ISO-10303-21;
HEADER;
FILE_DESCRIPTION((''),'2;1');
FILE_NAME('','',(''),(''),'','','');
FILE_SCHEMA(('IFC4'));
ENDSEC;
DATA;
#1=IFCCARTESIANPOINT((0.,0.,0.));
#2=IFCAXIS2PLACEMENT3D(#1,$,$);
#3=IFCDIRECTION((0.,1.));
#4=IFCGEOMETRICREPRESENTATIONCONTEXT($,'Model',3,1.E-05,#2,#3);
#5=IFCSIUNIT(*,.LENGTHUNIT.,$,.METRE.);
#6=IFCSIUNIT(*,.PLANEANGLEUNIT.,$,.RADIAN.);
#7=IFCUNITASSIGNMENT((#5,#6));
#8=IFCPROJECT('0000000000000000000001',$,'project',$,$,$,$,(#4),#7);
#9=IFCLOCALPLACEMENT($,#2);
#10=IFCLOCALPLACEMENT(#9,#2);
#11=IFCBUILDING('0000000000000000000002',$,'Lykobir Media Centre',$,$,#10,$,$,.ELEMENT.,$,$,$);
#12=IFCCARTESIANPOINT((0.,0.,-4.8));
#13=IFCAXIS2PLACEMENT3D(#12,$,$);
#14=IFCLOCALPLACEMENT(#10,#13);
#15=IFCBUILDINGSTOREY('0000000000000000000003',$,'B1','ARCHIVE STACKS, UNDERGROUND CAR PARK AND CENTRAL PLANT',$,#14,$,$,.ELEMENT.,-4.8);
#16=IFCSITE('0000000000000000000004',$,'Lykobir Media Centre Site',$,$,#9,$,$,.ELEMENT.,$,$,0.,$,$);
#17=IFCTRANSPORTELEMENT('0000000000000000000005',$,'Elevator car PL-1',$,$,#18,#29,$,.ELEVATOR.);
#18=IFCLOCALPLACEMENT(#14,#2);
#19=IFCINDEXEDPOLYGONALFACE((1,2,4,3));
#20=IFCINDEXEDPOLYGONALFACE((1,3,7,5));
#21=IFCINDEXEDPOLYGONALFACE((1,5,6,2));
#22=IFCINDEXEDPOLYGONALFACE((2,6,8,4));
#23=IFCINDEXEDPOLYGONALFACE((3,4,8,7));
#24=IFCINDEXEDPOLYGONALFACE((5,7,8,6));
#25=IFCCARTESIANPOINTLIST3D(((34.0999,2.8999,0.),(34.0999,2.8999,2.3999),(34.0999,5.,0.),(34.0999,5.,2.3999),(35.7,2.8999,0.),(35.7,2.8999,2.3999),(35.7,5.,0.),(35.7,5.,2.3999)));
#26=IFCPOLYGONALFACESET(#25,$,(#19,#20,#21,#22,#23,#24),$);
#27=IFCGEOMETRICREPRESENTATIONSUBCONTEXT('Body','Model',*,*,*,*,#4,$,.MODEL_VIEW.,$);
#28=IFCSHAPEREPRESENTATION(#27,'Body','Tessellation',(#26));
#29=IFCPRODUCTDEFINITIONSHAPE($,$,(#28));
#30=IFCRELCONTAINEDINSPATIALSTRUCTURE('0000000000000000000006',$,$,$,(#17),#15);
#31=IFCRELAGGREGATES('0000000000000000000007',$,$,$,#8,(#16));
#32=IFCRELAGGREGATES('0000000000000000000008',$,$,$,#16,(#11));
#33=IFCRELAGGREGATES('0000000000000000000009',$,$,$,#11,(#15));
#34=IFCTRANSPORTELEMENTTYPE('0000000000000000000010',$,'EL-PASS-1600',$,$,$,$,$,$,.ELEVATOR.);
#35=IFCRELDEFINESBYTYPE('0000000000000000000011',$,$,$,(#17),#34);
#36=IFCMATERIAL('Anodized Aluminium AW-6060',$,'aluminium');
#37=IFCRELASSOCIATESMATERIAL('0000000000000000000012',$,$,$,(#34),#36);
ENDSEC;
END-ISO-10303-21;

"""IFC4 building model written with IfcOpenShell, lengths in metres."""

from ifc_helpers import new_model, si_unit, direction, frame, origin, origin_2d, place, context, subcontext, project, spatial, rectangle, extrude, material, type_object, element, save


model = new_model("IFC4")

# Units and contexts
model_context = context("Model", 3, precision=1e-05, world=origin(), true_north=direction((0.0, 1.0)))
body_context = subcontext(model_context, "Body", "Model", "MODEL_VIEW")
ifc_project = project(units=[si_unit("LENGTHUNIT", "METRE"), si_unit("PLANEANGLEUNIT", "RADIAN")], contexts=[model_context])

# Site, building, storey
site_placement = place(None, origin())
site = spatial("IfcSite", under=ifc_project, at=site_placement, Name="Lykobir Media Centre Site", CompositionType="ELEMENT", RefElevation=0.0)
building_placement = place(site_placement, origin())
building = spatial("IfcBuilding", under=site, at=building_placement, Name="Lykobir Media Centre", CompositionType="ELEMENT")
storey_placement = place(building_placement, frame((0.0, 0.0, -4.8)))
storey = spatial("IfcBuildingStorey", under=building, at=storey_placement, Name="B1", Description="ARCHIVE STACKS, UNDERGROUND CAR PARK AND CENTRAL PLANT", CompositionType="ELEMENT", Elevation=-4.8)

# Transport element
ifc_material_1 = material(Name="Anodized Aluminium AW-6060", Category="aluminium")
transport_element_type_1 = type_object("IfcTransportElementType", Name="EL-PASS-1600", PredefinedType="ELEVATOR", material=ifc_material_1)
transport_element_1_placement = place(storey_placement, frame((34.8999, 3.95, 0.0), z_axis=(0.0, 0.0, 1.0), x_axis=(1.0, 0.0, 0.0)))
element("IfcTransportElement", 1, at=transport_element_1_placement, inside=storey, type_object=transport_element_type_1, Name="Elevator car PL-1", PredefinedType="ELEVATOR", context=body_context, shape_type="SweptSolid", body=[
    extrude(rectangle(XDim=1.6001, YDim=2.1001, at=origin_2d()), origin(), (0.0, 0.0, 1.0), 2.3999),
])

save(model, "model.ifc")
